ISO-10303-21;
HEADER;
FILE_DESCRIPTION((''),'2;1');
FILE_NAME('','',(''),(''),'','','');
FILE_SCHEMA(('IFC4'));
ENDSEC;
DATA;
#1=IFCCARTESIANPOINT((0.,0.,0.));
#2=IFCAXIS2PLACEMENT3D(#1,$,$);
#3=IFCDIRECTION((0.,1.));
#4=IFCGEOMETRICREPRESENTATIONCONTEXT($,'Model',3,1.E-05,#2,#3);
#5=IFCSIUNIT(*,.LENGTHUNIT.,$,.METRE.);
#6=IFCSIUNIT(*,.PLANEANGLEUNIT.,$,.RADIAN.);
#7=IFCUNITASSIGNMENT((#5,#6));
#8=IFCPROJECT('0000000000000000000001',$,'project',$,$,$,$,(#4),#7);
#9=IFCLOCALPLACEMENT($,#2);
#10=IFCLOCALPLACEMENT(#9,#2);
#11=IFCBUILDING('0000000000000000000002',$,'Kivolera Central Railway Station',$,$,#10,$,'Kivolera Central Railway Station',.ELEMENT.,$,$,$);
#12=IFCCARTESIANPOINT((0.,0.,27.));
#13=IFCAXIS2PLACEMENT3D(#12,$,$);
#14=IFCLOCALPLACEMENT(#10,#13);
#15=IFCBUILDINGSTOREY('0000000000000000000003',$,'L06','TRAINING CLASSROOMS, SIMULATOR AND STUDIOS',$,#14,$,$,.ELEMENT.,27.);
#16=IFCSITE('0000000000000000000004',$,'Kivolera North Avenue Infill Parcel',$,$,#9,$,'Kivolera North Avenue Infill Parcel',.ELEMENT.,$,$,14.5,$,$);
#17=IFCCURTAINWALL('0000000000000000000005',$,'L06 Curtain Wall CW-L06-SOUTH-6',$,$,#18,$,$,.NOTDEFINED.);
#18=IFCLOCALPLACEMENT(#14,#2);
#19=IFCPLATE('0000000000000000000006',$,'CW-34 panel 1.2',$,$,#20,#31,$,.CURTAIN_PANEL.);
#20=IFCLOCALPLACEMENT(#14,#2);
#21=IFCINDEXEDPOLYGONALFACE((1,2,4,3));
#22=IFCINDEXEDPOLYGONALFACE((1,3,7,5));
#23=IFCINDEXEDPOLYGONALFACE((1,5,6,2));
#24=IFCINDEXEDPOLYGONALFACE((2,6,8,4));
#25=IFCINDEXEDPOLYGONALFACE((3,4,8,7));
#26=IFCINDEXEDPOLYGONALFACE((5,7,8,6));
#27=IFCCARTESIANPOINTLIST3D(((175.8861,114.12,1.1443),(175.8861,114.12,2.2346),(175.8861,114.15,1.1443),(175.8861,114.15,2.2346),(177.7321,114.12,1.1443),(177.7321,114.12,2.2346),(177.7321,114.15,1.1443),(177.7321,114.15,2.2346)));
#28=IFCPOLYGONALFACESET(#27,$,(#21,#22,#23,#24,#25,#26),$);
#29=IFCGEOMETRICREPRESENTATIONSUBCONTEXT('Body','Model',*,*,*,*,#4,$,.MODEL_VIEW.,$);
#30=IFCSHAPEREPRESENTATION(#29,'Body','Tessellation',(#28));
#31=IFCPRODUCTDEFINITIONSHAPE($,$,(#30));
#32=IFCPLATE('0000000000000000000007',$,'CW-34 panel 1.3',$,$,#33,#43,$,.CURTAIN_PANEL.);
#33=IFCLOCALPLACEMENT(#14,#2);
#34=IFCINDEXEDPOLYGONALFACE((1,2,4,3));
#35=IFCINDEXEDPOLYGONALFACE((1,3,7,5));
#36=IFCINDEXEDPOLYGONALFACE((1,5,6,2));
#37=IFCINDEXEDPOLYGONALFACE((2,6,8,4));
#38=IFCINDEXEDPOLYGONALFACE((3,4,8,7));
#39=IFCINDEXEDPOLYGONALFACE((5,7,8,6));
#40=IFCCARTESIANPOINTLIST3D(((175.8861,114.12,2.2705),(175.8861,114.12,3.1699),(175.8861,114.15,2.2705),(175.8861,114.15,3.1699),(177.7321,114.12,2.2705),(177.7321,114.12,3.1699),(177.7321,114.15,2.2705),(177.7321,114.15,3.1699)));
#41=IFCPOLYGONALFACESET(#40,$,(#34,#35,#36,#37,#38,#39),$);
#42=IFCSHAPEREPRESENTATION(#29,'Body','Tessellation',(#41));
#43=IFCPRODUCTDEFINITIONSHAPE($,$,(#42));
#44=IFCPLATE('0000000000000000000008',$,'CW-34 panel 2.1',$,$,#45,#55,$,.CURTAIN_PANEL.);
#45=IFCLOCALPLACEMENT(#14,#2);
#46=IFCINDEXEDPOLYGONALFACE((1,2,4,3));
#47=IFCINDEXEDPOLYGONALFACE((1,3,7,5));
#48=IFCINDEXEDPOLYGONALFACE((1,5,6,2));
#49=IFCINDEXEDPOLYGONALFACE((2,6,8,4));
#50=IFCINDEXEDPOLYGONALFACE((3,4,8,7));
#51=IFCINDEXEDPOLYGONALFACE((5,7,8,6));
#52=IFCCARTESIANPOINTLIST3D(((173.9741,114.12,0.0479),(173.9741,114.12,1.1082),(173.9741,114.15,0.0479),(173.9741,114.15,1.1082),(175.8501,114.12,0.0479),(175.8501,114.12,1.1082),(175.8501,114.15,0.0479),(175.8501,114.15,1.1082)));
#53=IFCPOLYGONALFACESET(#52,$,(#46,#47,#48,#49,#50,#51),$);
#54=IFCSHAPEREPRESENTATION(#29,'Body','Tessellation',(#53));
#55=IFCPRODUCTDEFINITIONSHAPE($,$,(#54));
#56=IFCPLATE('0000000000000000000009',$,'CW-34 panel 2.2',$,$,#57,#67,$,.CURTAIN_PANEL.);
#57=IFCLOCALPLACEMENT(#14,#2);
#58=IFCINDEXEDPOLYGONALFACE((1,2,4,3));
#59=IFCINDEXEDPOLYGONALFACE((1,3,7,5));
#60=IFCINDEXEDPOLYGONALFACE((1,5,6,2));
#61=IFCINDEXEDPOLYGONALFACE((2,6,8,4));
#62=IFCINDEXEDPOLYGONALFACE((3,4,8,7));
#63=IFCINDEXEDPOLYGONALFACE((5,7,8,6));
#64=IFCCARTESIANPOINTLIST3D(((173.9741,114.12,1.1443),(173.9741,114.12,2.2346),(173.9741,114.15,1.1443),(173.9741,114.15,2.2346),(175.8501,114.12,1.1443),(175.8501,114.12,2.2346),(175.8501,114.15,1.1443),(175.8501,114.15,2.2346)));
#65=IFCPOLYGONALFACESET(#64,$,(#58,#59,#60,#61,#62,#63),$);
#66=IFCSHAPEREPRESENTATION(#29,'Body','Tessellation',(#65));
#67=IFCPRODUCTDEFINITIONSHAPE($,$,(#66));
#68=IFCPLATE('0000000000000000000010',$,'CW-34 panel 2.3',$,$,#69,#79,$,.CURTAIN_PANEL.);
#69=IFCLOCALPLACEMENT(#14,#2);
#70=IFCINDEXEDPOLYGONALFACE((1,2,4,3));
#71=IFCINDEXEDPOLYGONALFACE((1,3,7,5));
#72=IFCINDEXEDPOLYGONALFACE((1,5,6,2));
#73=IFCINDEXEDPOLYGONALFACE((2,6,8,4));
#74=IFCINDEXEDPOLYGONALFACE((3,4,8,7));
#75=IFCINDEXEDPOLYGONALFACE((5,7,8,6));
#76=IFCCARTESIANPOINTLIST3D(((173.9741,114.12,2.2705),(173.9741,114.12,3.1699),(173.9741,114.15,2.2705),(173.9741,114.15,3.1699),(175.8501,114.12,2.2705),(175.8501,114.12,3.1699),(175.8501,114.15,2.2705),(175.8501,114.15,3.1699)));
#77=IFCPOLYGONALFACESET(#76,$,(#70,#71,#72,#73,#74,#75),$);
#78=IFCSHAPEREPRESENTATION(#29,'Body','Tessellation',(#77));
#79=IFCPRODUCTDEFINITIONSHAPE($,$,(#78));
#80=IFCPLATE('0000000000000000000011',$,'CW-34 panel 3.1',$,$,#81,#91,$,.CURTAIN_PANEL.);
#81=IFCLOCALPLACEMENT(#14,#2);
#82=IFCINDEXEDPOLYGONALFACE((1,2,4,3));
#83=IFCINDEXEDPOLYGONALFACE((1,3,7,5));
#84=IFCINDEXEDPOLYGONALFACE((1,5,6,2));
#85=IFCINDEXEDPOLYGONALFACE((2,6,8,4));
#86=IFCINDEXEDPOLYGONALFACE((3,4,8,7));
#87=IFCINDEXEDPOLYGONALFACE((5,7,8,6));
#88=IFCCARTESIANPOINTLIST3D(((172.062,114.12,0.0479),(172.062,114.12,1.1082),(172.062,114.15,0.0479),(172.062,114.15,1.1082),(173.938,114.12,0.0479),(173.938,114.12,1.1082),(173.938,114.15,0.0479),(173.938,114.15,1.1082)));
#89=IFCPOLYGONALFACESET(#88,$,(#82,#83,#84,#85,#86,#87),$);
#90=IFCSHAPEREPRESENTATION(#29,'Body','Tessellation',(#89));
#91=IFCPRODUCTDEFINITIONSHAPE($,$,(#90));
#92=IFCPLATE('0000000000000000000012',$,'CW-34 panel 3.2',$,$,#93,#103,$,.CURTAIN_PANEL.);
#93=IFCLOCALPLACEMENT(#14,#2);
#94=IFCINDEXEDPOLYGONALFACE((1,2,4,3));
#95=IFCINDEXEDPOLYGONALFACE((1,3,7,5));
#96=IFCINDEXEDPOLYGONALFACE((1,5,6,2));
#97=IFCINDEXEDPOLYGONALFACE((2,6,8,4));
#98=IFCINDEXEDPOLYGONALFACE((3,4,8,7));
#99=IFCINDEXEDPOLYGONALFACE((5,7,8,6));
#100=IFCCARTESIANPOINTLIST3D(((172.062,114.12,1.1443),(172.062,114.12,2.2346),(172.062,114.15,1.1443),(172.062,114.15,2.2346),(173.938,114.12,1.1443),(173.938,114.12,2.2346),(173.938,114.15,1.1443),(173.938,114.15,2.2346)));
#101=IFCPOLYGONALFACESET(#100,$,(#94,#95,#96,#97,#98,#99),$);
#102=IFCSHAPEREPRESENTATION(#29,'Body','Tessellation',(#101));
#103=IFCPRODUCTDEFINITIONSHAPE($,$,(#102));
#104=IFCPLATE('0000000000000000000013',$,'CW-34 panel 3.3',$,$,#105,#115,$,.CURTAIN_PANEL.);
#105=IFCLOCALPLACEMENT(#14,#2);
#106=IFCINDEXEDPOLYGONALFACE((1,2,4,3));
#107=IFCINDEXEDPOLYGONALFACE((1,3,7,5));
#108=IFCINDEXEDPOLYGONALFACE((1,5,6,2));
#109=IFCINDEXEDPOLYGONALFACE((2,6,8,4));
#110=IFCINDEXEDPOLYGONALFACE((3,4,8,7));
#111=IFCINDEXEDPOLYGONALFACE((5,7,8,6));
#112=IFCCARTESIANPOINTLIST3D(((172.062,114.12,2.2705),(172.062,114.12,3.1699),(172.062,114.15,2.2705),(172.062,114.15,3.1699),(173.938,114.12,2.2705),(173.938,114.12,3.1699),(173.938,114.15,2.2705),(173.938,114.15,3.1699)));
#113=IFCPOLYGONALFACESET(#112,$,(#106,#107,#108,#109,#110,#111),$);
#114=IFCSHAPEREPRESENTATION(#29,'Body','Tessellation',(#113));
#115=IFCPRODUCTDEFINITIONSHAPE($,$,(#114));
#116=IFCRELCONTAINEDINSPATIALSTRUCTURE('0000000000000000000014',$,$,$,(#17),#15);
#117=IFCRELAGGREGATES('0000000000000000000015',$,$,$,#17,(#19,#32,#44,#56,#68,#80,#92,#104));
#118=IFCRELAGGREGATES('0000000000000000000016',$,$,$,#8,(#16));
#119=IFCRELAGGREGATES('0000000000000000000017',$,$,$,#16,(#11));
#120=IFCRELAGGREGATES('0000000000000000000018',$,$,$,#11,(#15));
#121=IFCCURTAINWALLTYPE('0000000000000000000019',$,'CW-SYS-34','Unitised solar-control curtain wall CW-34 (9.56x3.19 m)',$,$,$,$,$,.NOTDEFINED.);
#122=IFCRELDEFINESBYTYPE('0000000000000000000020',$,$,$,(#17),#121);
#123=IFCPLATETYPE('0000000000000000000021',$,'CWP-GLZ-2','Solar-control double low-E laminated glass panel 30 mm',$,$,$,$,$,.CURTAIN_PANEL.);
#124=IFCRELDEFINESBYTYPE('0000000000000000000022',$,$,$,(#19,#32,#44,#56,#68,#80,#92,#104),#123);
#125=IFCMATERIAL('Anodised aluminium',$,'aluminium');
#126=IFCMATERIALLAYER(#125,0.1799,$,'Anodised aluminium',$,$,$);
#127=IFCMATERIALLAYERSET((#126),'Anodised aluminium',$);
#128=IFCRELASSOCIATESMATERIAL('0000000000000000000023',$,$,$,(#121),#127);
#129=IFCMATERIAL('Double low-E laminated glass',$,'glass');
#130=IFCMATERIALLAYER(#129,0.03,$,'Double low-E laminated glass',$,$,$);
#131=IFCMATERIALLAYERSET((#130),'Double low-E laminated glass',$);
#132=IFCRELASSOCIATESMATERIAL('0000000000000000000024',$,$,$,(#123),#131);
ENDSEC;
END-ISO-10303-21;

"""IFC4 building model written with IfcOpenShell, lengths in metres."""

from ifc_helpers import new_model, si_unit, direction, frame, origin, origin_2d, place, context, subcontext, project, spatial, rectangle, extrude, material, layer, layer_set, type_object, element, aggregate, save


model = new_model("IFC4")

# Units and contexts
model_context = context("Model", 3, precision=1e-05, world=origin(), true_north=direction((0.0, 1.0)))
body_context = subcontext(model_context, "Body", "Model", "MODEL_VIEW")
ifc_project = project(units=[si_unit("LENGTHUNIT", "METRE"), si_unit("PLANEANGLEUNIT", "RADIAN")], contexts=[model_context])

# Site, building, storey
site_placement = place(None, origin())
site = spatial("IfcSite", under=ifc_project, at=site_placement, Name="Kivolera North Avenue Infill Parcel", LongName="Kivolera North Avenue Infill Parcel", CompositionType="ELEMENT", RefElevation=14.5)
building_placement = place(site_placement, origin())
building = spatial("IfcBuilding", under=site, at=building_placement, Name="Kivolera Central Railway Station", LongName="Kivolera Central Railway Station", CompositionType="ELEMENT")
storey_placement = place(building_placement, frame((0.0, 0.0, 27.0)))
storey = spatial("IfcBuildingStorey", under=building, at=storey_placement, Name="L06", Description="TRAINING CLASSROOMS, SIMULATOR AND STUDIOS", CompositionType="ELEMENT", Elevation=27.0)

# Curtain wall, plates
ifc_material_1 = material(Name="Anodised aluminium", Category="aluminium")
ifc_layer_1 = layer(ifc_material_1, 0.1799, Name="Anodised aluminium")
ifc_layer_set_1 = layer_set([ifc_layer_1], Name="Anodised aluminium")
curtain_wall_type = type_object("IfcCurtainWallType", Name="CW-SYS-34", Description="Unitised solar-control curtain wall CW-34 (9.56x3.19 m)", PredefinedType="NOTDEFINED", material=ifc_layer_set_1)
curtain_wall_placement = place(storey_placement, origin())
curtain_wall = element("IfcCurtainWall", 1, at=curtain_wall_placement, inside=storey, type_object=curtain_wall_type, Name="L06 Curtain Wall CW-L06-SOUTH-6", PredefinedType="NOTDEFINED")
ifc_material_2 = material(Name="Double low-E laminated glass", Category="glass")
ifc_layer_2 = layer(ifc_material_2, 0.03, Name="Double low-E laminated glass")
ifc_layer_set_2 = layer_set([ifc_layer_2], Name="Double low-E laminated glass")
plate_type = type_object("IfcPlateType", Name="CWP-GLZ-2", Description="Solar-control double low-E laminated glass panel 30 mm", PredefinedType="CURTAIN_PANEL", material=ifc_layer_set_2)
plate_1_placement = place(storey_placement, frame((176.8091, 114.135, 1.1443), z_axis=(0.0, 0.0, 1.0), x_axis=(-1.0, 0.0, 0.0)))
plate_1 = element("IfcPlate", 2, at=plate_1_placement, type_object=plate_type, Name="CW-34 panel 1.2", PredefinedType="CURTAIN_PANEL", context=body_context, shape_type="SweptSolid", body=[
    extrude(rectangle(XDim=1.8459, YDim=0.03, at=origin_2d()), origin(), (0.0, 0.0, 1.0), 1.0903),
])
plate_2_placement = place(storey_placement, frame((176.8091, 114.135, 2.2705), z_axis=(0.0, 0.0, 1.0), x_axis=(-1.0, 0.0, 0.0)))
plate_2 = element("IfcPlate", 3, at=plate_2_placement, type_object=plate_type, Name="CW-34 panel 1.3", PredefinedType="CURTAIN_PANEL", context=body_context, shape_type="SweptSolid", body=[
    extrude(rectangle(XDim=1.8459, YDim=0.03, at=origin_2d()), origin(), (0.0, 0.0, 1.0), 0.8994),
])
plate_3_placement = place(storey_placement, frame((174.9121, 114.135, 0.0479), z_axis=(0.0, 0.0, 1.0), x_axis=(-1.0, 0.0, 0.0)))
plate_3 = element("IfcPlate", 4, at=plate_3_placement, type_object=plate_type, Name="CW-34 panel 2.1", PredefinedType="CURTAIN_PANEL", context=body_context, shape_type="SweptSolid", body=[
    extrude(rectangle(XDim=1.876, YDim=0.03, at=origin_2d()), origin(), (0.0, 0.0, 1.0), 1.0603),
])
plate_4_placement = place(storey_placement, frame((174.9121, 114.135, 1.1443), z_axis=(0.0, 0.0, 1.0), x_axis=(-1.0, 0.0, 0.0)))
plate_4 = element("IfcPlate", 5, at=plate_4_placement, type_object=plate_type, Name="CW-34 panel 2.2", PredefinedType="CURTAIN_PANEL", context=body_context, shape_type="SweptSolid", body=[
    extrude(rectangle(XDim=1.876, YDim=0.03, at=origin_2d()), origin(), (0.0, 0.0, 1.0), 1.0903),
])
plate_5_placement = place(storey_placement, frame((174.9121, 114.135, 2.2705), z_axis=(0.0, 0.0, 1.0), x_axis=(-1.0, 0.0, 0.0)))
plate_5 = element("IfcPlate", 6, at=plate_5_placement, type_object=plate_type, Name="CW-34 panel 2.3", PredefinedType="CURTAIN_PANEL", context=body_context, shape_type="SweptSolid", body=[
    extrude(rectangle(XDim=1.876, YDim=0.03, at=origin_2d()), origin(), (0.0, 0.0, 1.0), 0.8994),
])
plate_6_placement = place(storey_placement, frame((173.0, 114.135, 0.0479), z_axis=(0.0, 0.0, 1.0), x_axis=(-1.0, 0.0, 0.0)))
plate_6 = element("IfcPlate", 7, at=plate_6_placement, type_object=plate_type, Name="CW-34 panel 3.1", PredefinedType="CURTAIN_PANEL", context=body_context, shape_type="SweptSolid", body=[
    extrude(rectangle(XDim=1.876, YDim=0.03, at=origin_2d()), origin(), (0.0, 0.0, 1.0), 1.0603),
])
plate_7_placement = place(storey_placement, frame((173.0, 114.135, 1.1443), z_axis=(0.0, 0.0, 1.0), x_axis=(-1.0, 0.0, 0.0)))
plate_7 = element("IfcPlate", 8, at=plate_7_placement, type_object=plate_type, Name="CW-34 panel 3.2", PredefinedType="CURTAIN_PANEL", context=body_context, shape_type="SweptSolid", body=[
    extrude(rectangle(XDim=1.876, YDim=0.03, at=origin_2d()), origin(), (0.0, 0.0, 1.0), 1.0903),
])
plate_8_placement = place(storey_placement, frame((173.0, 114.135, 2.2705), z_axis=(0.0, 0.0, 1.0), x_axis=(-1.0, 0.0, 0.0)))
plate_8 = element("IfcPlate", 9, at=plate_8_placement, type_object=plate_type, Name="CW-34 panel 3.3", PredefinedType="CURTAIN_PANEL", context=body_context, shape_type="SweptSolid", body=[
    extrude(rectangle(XDim=1.876, YDim=0.03, at=origin_2d()), origin(), (0.0, 0.0, 1.0), 0.8994),
])
aggregate(curtain_wall, [plate_1, plate_2, plate_3, plate_4, plate_5, plate_6, plate_7, plate_8])

save(model, "model.ifc")
